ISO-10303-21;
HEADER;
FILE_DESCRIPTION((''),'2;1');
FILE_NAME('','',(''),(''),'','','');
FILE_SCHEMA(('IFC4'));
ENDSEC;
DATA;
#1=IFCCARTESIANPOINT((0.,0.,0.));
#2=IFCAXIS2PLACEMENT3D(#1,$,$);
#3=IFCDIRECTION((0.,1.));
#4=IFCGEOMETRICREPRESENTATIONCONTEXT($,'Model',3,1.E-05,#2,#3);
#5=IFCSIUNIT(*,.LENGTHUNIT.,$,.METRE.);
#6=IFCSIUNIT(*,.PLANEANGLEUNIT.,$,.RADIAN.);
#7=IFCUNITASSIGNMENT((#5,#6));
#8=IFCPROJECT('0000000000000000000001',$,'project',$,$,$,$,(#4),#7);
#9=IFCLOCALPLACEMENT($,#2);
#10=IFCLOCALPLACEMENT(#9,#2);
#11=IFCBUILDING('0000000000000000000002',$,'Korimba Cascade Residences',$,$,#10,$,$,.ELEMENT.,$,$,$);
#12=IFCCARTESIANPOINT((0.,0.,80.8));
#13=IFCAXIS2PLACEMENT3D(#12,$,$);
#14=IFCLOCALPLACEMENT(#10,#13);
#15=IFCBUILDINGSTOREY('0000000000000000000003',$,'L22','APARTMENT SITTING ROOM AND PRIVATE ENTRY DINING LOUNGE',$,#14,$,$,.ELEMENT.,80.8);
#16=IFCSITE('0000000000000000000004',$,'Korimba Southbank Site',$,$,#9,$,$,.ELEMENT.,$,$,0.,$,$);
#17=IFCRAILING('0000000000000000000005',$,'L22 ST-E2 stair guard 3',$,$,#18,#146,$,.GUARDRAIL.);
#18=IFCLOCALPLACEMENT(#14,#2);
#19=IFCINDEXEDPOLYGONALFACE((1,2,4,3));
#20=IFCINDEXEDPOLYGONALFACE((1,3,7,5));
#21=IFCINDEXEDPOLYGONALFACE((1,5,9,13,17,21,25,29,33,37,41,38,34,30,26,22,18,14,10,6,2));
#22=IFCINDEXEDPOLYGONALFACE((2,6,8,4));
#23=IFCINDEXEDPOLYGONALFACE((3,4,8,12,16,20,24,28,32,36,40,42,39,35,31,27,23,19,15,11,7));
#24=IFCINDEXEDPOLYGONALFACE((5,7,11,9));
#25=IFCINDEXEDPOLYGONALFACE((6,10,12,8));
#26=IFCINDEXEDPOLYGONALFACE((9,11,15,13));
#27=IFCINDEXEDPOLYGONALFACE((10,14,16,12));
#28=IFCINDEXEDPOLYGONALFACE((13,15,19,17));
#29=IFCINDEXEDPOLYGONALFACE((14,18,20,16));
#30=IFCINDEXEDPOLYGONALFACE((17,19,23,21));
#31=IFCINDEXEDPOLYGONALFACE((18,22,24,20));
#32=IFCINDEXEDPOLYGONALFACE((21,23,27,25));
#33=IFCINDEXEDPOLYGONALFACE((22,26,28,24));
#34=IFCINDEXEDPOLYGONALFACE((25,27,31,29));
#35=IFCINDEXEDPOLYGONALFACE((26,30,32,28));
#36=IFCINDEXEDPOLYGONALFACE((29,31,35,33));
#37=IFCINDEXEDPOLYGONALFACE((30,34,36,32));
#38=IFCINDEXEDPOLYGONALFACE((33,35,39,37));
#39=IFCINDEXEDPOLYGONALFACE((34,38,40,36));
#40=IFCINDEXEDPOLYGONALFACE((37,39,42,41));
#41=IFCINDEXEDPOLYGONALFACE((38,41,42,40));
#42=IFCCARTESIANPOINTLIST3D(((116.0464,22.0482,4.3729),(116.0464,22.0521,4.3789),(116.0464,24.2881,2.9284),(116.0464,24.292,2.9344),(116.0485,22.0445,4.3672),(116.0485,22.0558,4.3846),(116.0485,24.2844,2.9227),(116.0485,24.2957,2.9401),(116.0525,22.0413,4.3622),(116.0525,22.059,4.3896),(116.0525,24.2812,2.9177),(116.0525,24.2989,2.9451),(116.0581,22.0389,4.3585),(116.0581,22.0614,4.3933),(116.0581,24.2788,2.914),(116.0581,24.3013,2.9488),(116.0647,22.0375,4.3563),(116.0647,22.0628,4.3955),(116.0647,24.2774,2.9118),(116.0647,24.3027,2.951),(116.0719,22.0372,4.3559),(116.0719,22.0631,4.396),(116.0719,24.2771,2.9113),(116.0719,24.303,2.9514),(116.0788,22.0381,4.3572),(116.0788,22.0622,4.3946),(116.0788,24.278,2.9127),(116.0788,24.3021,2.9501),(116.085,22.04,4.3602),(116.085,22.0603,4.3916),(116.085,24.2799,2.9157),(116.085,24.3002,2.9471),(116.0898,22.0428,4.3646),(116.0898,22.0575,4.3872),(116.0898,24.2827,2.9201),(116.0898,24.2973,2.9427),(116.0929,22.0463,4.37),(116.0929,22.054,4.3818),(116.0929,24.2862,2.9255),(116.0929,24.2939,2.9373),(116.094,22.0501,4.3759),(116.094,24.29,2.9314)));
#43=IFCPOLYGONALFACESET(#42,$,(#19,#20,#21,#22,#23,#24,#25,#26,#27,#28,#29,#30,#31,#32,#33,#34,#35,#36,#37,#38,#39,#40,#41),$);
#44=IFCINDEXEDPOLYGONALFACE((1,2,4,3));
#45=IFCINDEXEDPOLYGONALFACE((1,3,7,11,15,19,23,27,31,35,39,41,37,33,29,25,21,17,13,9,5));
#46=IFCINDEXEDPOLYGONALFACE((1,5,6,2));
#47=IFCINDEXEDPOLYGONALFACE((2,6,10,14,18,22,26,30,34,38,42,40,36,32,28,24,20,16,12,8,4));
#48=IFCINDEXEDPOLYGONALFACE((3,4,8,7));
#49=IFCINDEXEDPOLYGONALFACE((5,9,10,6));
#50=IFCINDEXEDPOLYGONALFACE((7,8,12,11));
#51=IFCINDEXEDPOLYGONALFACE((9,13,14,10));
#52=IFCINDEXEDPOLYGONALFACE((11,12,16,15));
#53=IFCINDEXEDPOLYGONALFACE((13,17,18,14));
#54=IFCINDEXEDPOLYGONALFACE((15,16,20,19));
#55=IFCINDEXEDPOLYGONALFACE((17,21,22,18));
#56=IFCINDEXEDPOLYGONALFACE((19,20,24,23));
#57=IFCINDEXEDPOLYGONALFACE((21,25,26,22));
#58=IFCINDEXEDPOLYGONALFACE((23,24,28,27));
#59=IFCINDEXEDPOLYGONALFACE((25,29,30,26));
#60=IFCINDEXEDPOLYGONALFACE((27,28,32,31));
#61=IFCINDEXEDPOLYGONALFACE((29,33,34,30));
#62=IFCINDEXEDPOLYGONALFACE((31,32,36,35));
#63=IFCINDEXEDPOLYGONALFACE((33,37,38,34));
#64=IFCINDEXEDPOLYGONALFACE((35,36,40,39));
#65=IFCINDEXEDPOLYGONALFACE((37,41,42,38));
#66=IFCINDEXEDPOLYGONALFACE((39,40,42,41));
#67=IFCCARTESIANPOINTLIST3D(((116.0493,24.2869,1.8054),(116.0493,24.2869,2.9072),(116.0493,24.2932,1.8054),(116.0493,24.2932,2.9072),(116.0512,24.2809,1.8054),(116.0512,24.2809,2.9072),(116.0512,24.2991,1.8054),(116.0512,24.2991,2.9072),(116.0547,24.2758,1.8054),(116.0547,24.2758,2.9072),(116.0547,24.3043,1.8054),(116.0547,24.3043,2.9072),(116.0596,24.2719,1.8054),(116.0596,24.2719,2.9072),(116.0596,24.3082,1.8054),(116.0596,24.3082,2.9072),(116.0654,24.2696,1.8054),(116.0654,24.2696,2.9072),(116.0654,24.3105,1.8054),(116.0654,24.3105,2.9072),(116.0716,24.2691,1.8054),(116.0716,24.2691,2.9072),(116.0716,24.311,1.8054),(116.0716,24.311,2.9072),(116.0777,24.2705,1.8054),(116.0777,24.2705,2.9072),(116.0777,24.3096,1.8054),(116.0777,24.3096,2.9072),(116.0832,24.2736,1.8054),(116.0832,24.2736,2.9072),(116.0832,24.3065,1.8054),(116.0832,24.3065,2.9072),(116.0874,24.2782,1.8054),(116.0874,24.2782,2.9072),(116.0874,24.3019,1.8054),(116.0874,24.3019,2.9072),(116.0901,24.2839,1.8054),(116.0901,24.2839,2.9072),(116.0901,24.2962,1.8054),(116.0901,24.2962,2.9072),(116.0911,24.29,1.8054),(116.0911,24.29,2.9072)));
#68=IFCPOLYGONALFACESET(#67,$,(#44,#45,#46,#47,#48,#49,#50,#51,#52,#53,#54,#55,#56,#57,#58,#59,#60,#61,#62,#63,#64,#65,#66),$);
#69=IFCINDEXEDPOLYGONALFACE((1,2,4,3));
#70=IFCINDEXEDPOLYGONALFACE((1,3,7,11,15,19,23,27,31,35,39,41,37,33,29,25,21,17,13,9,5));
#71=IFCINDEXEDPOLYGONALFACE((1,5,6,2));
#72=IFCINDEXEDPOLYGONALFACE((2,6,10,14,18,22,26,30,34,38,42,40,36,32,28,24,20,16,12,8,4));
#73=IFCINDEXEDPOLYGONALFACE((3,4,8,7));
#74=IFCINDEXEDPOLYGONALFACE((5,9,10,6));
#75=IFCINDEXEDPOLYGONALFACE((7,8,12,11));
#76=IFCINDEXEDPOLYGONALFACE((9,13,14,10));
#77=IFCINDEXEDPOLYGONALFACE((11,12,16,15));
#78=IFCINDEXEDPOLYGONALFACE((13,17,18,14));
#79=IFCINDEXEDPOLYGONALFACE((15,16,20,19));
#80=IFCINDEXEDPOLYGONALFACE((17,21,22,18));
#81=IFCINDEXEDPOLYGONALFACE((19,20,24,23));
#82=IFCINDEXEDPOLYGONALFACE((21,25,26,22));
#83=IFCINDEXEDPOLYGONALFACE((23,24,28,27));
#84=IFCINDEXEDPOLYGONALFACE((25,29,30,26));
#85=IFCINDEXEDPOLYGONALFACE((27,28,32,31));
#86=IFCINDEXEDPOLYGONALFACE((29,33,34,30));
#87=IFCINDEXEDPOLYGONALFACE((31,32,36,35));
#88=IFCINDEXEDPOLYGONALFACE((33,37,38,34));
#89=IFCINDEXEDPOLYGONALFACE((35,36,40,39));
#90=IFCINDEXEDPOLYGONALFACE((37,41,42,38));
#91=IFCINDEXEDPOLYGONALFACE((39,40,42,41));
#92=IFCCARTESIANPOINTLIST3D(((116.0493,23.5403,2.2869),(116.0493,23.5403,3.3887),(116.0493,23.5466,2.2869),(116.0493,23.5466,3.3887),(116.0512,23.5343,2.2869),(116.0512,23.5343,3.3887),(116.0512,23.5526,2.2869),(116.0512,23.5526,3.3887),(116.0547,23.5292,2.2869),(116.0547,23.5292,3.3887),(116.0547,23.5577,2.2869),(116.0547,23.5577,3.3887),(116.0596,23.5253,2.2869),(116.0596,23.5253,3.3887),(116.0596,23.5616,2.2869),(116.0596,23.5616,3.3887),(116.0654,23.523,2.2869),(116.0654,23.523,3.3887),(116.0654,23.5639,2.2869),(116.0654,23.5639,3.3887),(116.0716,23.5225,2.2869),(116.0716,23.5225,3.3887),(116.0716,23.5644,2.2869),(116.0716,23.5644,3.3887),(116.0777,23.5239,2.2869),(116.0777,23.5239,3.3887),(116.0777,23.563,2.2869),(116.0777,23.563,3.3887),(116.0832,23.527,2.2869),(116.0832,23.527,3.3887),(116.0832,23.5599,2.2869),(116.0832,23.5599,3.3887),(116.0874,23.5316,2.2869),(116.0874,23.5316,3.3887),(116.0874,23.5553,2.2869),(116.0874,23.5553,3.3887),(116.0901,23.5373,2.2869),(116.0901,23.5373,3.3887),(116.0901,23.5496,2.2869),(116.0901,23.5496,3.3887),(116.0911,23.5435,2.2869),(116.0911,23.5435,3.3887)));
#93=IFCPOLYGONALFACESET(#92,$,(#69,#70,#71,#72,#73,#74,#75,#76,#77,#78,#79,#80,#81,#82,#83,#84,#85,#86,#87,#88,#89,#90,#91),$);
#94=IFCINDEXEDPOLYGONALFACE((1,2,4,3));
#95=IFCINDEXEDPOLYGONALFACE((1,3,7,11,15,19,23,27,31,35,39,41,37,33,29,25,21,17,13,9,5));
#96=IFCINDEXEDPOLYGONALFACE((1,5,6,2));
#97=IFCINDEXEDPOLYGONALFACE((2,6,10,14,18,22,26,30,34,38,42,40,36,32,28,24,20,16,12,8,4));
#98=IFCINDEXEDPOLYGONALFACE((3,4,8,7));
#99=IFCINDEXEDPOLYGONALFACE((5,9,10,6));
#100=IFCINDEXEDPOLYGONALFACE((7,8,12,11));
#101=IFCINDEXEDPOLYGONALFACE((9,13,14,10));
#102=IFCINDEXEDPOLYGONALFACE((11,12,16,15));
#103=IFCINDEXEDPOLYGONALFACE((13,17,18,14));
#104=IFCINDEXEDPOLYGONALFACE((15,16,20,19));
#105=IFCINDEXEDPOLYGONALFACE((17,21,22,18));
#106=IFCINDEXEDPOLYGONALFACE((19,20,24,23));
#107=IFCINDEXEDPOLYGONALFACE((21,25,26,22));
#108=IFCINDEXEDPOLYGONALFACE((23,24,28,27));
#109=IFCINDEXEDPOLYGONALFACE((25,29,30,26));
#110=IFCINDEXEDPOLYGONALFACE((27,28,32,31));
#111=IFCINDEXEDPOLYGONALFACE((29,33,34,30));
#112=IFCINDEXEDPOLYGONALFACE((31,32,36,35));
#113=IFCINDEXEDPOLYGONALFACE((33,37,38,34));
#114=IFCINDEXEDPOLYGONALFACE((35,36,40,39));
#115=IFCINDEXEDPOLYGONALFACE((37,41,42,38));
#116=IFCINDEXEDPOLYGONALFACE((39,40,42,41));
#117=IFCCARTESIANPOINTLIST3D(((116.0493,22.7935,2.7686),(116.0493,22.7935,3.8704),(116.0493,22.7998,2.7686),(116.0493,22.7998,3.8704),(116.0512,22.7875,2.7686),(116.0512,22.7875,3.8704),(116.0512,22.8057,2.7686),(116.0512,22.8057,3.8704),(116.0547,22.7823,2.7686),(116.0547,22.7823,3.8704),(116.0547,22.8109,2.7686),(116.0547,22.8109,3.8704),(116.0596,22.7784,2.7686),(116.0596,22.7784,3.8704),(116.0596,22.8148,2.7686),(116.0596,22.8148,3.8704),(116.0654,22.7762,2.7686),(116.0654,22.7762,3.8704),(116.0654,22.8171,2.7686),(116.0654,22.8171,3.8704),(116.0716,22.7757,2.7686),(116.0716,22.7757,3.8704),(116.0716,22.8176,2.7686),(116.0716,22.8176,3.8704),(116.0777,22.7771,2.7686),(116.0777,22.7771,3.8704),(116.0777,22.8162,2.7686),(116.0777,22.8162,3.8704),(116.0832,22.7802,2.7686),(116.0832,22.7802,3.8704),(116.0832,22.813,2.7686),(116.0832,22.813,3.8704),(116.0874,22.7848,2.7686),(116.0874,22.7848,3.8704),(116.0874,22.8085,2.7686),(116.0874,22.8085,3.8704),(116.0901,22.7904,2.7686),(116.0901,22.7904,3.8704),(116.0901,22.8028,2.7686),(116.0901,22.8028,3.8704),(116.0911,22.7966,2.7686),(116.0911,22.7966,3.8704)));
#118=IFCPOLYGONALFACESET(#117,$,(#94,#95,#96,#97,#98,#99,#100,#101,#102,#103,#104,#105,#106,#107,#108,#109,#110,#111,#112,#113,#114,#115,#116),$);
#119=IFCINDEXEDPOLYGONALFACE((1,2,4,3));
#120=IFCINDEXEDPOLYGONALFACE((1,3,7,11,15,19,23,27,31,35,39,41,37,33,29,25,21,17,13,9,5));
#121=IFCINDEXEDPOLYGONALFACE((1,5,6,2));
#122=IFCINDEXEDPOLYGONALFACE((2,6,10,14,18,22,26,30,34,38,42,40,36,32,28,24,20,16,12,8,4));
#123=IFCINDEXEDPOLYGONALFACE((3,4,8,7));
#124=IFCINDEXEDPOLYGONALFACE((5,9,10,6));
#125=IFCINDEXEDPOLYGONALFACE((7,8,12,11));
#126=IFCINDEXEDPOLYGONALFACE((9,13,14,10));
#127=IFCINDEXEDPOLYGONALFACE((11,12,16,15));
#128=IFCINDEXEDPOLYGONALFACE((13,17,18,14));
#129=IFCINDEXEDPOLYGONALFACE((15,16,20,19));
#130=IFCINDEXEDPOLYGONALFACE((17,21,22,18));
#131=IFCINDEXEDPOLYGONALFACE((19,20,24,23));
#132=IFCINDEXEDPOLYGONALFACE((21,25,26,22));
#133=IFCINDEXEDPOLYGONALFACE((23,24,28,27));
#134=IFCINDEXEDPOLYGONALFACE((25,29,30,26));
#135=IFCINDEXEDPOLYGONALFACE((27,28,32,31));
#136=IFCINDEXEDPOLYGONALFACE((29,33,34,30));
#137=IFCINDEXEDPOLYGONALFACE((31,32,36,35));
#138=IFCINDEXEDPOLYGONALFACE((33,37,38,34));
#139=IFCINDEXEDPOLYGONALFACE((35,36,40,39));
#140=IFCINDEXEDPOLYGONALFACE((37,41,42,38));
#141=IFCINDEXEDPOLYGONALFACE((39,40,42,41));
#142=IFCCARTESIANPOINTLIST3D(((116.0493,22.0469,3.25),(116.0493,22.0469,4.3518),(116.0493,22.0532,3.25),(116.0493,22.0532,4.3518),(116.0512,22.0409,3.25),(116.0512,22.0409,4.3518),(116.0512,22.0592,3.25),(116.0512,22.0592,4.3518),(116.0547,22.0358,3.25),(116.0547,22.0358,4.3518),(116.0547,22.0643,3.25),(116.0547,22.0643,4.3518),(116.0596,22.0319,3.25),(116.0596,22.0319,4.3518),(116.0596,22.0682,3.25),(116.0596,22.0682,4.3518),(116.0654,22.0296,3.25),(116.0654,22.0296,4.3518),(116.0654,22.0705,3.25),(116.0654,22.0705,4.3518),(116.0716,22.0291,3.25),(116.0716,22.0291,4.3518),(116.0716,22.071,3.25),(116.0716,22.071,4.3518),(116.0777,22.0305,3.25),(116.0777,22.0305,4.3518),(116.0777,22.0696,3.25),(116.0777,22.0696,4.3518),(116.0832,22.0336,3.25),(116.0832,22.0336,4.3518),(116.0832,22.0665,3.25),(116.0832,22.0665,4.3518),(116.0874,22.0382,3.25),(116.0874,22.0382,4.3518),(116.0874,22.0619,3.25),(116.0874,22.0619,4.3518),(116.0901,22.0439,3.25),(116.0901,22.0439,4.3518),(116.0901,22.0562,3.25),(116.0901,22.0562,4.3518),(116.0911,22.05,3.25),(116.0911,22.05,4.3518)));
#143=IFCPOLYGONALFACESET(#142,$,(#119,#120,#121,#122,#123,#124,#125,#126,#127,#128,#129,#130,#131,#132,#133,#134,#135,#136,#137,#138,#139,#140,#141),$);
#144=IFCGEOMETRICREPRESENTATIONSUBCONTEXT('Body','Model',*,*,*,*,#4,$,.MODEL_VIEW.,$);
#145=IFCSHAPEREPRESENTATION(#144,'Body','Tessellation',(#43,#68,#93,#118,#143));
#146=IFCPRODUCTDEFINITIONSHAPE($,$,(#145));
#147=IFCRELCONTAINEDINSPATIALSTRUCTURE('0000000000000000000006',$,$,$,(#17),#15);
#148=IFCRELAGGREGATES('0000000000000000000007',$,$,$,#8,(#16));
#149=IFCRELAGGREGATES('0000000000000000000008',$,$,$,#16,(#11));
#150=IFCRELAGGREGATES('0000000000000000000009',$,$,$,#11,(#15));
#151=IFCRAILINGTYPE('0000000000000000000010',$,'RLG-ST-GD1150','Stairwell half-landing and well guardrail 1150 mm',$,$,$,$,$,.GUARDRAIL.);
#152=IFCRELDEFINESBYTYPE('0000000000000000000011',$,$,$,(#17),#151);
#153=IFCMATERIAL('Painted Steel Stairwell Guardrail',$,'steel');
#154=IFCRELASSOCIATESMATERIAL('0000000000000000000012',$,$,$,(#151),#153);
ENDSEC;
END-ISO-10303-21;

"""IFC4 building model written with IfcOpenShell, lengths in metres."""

from ifc_helpers import new_model, si_unit, direction, frame, origin, origin_2d, place, context, subcontext, project, spatial, circle, extrude, material, type_object, element, save


model = new_model("IFC4")

# Units and contexts
model_context = context("Model", 3, precision=1e-05, world=origin(), true_north=direction((0.0, 1.0)))
body_context = subcontext(model_context, "Body", "Model", "MODEL_VIEW")
ifc_project = project(units=[si_unit("LENGTHUNIT", "METRE"), si_unit("PLANEANGLEUNIT", "RADIAN")], contexts=[model_context])

# Site, building, storey
site_placement = place(None, origin())
site = spatial("IfcSite", under=ifc_project, at=site_placement, Name="Korimba Southbank Site", CompositionType="ELEMENT", RefElevation=0.0)
building_placement = place(site_placement, origin())
building = spatial("IfcBuilding", under=site, at=building_placement, Name="Korimba Cascade Residences", CompositionType="ELEMENT")
storey_placement = place(building_placement, frame((0.0, 0.0, 80.8)))
storey = spatial("IfcBuildingStorey", under=building, at=storey_placement, Name="L22", Description="APARTMENT SITTING ROOM AND PRIVATE ENTRY DINING LOUNGE", CompositionType="ELEMENT", Elevation=80.8)

# Railing
ifc_material_1 = material(Name="Painted Steel Stairwell Guardrail", Category="steel")
railing_type_1 = type_object("IfcRailingType", Name="RLG-ST-GD1150", Description="Stairwell half-landing and well guardrail 1150 mm", PredefinedType="GUARDRAIL", material=ifc_material_1)
railing_1_placement = place(storey_placement, frame((116.0701, 24.29, 1.8054)))
element("IfcRailing", 1, at=railing_1_placement, inside=storey, type_object=railing_type_1, Name="L22 ST-E2 stair guard 3", PredefinedType="GUARDRAIL", context=body_context, shape_type="SweptSolid", body=[
    extrude(circle(Radius=0.0239, at=origin_2d()), frame((0.0, 0.0, 1.126), z_axis=(0.0, -0.840395, 0.541975), x_axis=(1.0, 0.0, 0.0)), (0.0, 0.0, 1.0), 2.6653),
    extrude(circle(Radius=0.021, at=origin_2d()), origin(), (0.0, 0.0, 1.0), 1.1018),
    extrude(circle(Radius=0.021, at=origin_2d()), frame((0.0, -0.7466, 0.4814)), (0.0, 0.0, 1.0), 1.1018),
    extrude(circle(Radius=0.021, at=origin_2d()), frame((0.0, -1.4934, 0.9631)), (0.0, 0.0, 1.0), 1.1018),
    extrude(circle(Radius=0.021, at=origin_2d()), frame((0.0, -2.24, 1.4446)), (0.0, 0.0, 1.0), 1.1018),
])

save(model, "model.ifc")
